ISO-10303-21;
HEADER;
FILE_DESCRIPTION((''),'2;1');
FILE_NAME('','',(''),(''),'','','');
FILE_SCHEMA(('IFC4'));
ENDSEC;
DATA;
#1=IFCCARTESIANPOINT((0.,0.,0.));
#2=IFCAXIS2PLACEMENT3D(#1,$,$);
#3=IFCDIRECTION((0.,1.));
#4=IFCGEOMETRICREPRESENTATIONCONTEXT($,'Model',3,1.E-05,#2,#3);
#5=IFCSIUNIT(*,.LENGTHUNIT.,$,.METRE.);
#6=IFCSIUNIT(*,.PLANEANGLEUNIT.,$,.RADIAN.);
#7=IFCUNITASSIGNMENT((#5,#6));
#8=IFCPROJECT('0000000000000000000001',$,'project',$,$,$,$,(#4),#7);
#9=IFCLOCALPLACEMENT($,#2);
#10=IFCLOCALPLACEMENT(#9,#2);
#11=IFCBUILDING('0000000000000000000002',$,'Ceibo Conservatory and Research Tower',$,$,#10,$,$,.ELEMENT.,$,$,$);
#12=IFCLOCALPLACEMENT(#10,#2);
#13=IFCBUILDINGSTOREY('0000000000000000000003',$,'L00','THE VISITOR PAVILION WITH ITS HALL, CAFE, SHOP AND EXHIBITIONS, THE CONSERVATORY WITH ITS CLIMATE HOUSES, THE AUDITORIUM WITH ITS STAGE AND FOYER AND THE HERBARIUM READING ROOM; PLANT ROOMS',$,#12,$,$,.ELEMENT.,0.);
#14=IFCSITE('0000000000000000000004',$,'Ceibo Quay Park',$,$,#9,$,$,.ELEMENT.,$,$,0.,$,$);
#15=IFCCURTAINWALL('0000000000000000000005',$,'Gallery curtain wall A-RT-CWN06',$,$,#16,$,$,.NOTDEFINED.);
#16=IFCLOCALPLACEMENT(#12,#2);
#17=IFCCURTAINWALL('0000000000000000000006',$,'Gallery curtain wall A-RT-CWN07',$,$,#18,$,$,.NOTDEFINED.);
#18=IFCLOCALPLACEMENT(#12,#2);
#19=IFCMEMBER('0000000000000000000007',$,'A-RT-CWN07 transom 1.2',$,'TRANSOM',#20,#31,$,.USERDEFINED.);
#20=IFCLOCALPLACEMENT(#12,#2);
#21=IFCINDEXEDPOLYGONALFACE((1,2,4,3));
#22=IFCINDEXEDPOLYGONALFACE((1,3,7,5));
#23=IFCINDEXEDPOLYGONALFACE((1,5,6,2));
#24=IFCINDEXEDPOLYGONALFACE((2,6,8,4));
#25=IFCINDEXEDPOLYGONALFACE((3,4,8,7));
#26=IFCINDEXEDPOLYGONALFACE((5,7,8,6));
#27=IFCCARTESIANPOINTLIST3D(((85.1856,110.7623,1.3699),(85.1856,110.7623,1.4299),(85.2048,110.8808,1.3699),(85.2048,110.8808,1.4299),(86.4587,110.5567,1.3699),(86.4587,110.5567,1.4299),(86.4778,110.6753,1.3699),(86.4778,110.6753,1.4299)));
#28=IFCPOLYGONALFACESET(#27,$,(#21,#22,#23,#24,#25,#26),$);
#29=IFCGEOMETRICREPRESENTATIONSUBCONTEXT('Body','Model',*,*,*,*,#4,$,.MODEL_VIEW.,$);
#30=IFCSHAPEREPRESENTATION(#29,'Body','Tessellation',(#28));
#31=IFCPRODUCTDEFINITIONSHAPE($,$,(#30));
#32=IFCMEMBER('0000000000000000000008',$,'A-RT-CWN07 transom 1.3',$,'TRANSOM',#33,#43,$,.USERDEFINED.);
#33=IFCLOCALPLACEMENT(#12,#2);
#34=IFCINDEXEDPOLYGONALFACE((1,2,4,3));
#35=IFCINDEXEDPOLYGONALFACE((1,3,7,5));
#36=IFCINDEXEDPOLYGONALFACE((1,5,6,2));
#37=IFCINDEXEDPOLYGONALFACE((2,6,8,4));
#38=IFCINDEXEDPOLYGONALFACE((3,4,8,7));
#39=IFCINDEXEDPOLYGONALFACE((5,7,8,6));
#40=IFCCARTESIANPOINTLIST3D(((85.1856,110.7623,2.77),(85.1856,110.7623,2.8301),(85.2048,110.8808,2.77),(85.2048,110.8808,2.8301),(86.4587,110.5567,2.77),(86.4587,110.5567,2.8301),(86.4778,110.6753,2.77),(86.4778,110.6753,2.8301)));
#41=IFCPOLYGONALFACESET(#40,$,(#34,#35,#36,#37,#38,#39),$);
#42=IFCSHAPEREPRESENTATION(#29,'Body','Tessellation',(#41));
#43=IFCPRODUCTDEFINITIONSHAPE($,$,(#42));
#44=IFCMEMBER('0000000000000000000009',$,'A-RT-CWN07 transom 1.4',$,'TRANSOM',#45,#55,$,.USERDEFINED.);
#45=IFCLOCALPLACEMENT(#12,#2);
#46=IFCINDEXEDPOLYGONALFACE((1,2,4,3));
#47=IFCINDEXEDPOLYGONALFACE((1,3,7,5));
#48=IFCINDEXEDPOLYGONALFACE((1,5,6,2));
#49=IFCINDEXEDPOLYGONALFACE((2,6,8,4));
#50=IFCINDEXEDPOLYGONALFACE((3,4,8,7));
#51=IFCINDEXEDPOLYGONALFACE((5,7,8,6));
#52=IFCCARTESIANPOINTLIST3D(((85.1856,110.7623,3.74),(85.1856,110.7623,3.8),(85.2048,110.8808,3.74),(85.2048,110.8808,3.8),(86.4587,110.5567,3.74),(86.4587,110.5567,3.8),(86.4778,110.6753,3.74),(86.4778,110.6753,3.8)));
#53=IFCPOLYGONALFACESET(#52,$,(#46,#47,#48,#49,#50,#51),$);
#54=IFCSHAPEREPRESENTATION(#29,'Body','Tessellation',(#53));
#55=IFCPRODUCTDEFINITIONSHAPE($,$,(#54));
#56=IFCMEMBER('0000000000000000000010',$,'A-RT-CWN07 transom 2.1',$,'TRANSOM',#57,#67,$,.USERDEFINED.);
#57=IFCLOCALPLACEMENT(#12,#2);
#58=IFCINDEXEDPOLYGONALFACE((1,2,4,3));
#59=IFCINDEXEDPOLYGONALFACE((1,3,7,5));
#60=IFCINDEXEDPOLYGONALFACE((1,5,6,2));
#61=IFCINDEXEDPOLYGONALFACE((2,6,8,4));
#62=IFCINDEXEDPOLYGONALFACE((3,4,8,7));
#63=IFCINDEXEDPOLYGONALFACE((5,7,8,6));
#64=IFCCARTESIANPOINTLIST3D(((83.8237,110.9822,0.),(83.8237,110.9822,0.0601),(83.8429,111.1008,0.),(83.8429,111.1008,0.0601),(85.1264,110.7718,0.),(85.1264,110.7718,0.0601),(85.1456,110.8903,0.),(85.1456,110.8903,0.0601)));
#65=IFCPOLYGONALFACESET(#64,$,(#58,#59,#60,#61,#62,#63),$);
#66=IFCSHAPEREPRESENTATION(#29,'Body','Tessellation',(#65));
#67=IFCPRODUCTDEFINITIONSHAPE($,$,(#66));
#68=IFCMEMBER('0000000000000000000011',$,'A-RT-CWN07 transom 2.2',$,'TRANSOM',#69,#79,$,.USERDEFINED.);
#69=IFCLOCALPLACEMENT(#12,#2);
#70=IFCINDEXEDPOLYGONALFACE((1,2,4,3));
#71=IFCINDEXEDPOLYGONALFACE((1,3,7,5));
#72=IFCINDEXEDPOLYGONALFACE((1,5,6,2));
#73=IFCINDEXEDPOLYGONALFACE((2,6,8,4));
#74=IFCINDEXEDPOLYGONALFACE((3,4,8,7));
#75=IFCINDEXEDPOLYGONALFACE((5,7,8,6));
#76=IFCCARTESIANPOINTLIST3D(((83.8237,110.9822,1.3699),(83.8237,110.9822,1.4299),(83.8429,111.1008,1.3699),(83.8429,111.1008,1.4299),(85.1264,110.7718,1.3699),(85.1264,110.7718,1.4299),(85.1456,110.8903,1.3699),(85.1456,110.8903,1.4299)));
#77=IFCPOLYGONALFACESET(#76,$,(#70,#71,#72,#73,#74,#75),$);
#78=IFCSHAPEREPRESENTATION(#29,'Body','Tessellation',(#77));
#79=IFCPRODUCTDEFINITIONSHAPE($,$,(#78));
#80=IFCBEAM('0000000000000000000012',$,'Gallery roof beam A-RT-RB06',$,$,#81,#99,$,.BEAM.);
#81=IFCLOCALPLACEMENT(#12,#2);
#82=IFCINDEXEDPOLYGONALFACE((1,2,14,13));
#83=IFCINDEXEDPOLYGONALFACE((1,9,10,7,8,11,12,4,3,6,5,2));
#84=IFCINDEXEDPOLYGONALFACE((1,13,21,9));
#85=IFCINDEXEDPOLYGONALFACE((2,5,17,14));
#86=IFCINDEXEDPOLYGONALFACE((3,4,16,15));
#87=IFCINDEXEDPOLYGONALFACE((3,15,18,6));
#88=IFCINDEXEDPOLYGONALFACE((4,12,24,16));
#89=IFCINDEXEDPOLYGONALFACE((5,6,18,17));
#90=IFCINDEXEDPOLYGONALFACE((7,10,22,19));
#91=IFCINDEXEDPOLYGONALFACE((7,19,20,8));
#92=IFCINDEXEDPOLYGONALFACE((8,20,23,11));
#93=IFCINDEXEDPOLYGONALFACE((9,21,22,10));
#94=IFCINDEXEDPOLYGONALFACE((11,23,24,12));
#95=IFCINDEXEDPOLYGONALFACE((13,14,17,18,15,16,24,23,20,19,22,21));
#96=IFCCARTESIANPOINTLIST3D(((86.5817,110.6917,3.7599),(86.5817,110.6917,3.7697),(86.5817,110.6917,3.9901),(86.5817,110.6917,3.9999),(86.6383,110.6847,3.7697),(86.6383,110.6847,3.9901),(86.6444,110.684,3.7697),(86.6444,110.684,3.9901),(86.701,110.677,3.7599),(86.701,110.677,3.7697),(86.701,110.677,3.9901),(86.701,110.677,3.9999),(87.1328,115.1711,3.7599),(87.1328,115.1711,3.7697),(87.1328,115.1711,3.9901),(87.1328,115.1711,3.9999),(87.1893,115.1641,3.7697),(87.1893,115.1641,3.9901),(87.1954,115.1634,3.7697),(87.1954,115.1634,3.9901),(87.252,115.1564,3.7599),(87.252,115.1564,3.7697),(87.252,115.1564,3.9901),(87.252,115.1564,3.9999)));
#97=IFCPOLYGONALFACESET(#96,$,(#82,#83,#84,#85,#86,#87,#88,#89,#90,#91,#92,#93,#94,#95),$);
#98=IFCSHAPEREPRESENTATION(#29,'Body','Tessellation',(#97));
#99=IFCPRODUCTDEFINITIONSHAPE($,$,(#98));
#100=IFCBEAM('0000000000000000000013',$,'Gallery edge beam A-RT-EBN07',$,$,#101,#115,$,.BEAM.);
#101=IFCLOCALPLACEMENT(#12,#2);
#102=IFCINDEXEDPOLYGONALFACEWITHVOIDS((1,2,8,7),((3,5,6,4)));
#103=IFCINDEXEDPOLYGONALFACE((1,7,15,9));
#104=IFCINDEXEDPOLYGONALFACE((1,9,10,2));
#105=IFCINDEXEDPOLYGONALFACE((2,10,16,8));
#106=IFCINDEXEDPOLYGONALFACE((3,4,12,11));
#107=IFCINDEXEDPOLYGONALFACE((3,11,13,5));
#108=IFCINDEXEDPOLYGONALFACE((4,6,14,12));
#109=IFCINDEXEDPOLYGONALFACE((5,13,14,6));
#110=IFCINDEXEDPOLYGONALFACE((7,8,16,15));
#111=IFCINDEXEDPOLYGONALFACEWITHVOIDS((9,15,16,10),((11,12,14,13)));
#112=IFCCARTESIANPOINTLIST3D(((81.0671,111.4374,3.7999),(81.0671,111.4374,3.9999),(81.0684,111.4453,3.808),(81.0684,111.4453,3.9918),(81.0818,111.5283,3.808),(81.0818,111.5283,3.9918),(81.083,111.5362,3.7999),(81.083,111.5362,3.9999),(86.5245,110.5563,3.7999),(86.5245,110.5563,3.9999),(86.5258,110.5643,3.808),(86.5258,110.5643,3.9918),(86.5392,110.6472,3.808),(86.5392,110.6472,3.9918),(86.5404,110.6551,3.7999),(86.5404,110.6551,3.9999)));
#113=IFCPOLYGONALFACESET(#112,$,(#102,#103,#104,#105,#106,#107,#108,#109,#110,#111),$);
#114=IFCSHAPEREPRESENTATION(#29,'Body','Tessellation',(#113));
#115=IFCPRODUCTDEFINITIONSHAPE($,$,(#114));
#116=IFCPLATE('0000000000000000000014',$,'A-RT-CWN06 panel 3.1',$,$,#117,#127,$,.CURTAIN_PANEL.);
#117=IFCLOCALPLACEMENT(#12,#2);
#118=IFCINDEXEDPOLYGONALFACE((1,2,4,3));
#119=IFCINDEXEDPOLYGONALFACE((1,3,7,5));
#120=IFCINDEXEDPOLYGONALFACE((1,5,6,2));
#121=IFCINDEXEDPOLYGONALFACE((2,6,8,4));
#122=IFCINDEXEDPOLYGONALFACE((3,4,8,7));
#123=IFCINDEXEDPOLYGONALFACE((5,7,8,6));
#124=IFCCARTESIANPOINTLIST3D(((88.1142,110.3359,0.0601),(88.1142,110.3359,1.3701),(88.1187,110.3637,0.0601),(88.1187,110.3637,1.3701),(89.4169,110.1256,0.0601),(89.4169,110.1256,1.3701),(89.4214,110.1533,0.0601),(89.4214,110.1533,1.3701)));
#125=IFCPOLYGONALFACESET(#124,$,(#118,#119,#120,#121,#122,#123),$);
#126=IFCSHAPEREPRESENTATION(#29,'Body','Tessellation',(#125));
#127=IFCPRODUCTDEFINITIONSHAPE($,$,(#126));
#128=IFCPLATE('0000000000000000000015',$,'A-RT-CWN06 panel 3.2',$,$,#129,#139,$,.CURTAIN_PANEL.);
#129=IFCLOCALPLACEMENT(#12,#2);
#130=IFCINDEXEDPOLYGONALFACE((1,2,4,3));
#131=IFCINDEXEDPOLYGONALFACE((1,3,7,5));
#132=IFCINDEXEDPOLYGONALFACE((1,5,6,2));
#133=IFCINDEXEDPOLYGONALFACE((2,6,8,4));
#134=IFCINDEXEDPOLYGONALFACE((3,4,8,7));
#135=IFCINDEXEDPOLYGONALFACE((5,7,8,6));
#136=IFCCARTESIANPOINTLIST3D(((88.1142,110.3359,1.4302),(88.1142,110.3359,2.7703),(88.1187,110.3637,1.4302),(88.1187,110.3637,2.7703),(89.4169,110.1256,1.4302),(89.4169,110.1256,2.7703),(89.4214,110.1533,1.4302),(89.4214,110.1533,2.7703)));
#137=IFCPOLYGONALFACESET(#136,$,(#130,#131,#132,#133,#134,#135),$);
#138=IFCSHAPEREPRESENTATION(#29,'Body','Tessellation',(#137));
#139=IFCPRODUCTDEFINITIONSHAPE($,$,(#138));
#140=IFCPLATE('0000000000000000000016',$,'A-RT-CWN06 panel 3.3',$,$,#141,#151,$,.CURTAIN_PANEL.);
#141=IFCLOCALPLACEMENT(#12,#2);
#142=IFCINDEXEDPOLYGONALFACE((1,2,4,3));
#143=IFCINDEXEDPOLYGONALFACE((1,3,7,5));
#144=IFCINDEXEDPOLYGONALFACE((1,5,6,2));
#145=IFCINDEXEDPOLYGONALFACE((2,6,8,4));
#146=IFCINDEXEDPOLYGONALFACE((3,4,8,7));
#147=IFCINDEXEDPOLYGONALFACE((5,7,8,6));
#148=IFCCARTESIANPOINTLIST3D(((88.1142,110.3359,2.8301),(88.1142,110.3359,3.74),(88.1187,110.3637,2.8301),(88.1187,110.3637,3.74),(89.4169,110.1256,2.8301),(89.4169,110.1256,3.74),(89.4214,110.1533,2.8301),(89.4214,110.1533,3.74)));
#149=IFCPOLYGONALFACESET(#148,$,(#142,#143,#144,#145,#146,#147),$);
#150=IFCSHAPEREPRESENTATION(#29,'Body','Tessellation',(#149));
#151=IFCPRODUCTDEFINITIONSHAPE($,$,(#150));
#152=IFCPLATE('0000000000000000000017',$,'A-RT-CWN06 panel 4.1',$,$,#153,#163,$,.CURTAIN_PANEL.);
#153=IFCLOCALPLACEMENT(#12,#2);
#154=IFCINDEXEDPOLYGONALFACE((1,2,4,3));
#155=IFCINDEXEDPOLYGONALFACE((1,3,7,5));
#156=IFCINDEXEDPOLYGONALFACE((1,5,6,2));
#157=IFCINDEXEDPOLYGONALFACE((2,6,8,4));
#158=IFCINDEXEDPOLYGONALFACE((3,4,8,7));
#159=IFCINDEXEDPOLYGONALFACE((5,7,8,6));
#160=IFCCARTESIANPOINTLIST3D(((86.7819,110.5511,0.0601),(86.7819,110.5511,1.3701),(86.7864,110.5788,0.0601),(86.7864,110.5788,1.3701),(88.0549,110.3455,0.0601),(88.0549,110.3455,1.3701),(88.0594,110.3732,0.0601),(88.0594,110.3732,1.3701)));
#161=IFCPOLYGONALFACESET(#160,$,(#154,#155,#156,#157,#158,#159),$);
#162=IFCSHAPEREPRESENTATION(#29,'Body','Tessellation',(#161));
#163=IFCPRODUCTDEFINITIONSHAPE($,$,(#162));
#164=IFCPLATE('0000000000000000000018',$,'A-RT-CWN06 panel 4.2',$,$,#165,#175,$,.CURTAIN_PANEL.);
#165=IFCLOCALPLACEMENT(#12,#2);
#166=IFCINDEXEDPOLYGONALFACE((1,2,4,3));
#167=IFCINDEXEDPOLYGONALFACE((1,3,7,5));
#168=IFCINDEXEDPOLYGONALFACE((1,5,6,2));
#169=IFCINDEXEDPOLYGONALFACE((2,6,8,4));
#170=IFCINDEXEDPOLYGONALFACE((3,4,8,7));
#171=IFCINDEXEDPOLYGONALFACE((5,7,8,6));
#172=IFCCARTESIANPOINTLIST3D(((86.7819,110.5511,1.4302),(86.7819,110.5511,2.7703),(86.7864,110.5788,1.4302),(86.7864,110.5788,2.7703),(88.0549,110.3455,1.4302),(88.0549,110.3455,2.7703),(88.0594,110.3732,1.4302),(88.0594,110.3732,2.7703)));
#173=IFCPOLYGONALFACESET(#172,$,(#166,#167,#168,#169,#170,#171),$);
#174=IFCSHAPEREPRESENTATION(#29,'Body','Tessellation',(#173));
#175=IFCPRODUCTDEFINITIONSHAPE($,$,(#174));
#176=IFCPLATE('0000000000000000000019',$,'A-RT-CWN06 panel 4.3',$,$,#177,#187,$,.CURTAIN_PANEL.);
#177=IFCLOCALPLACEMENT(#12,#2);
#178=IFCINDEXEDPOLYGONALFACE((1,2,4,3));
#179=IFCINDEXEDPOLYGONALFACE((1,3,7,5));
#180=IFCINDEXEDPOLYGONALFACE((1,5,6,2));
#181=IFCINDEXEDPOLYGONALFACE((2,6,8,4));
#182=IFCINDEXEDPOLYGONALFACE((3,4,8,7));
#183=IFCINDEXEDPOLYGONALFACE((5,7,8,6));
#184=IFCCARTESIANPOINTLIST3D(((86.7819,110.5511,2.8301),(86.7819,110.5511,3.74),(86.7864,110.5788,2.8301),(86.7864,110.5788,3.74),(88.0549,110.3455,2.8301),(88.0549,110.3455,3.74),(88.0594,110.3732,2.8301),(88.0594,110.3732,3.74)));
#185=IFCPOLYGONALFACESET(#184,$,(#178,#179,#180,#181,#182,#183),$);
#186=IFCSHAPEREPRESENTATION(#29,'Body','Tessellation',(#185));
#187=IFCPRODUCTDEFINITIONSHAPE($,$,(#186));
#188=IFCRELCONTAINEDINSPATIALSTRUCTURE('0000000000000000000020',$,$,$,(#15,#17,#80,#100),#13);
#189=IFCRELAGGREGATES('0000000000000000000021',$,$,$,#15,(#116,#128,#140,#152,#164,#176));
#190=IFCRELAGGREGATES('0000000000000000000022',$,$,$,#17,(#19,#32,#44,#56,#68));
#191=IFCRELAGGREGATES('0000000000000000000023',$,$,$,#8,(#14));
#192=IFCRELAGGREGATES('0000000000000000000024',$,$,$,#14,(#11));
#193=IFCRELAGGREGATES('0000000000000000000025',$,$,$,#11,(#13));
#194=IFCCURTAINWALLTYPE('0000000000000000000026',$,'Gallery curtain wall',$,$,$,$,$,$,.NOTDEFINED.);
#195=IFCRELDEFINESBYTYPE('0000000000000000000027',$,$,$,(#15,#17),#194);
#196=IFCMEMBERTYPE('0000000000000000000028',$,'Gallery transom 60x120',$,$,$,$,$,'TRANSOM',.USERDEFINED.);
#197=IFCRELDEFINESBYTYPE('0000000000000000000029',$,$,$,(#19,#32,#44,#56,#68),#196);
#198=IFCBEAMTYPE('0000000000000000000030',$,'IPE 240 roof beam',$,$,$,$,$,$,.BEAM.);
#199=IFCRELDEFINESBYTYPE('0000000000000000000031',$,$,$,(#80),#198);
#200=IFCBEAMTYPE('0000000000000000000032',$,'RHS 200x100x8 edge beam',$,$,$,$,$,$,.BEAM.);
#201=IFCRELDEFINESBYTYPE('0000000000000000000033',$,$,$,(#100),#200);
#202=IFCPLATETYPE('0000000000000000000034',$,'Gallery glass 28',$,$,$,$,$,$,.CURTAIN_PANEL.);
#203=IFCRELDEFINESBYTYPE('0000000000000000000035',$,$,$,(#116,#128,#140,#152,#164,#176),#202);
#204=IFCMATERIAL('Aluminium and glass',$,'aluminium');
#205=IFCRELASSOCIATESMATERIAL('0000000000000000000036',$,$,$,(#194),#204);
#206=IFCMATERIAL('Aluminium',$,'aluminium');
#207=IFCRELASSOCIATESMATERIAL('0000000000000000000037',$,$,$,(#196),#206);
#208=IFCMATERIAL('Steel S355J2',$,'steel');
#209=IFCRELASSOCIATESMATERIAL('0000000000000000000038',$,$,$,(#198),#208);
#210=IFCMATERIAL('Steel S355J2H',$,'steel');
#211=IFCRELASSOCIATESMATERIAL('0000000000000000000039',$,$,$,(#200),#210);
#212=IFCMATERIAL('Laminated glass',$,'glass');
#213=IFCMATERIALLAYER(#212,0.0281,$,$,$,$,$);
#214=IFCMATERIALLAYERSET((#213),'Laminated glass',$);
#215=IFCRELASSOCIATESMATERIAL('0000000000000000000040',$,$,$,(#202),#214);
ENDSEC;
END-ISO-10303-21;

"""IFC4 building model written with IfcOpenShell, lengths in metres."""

from ifc_helpers import new_model, si_unit, direction, frame, origin, origin_2d, place, context, subcontext, project, spatial, rectangle, hollow_rectangle, i_section, extrude, material, layer, layer_set, material_profile, profile_set, type_object, element, aggregate, save


model = new_model("IFC4")

# Units and contexts
model_context = context("Model", 3, precision=1e-05, world=origin(), true_north=direction((0.0, 1.0)))
body_context = subcontext(model_context, "Body", "Model", "MODEL_VIEW")
ifc_project = project(units=[si_unit("LENGTHUNIT", "METRE"), si_unit("PLANEANGLEUNIT", "RADIAN")], contexts=[model_context])

# Site, building, storey
site_placement = place(None, origin())
site = spatial("IfcSite", under=ifc_project, at=site_placement, Name="Ceibo Quay Park", CompositionType="ELEMENT", RefElevation=0.0)
building_placement = place(site_placement, origin())
building = spatial("IfcBuilding", under=site, at=building_placement, Name="Ceibo Conservatory and Research Tower", CompositionType="ELEMENT")
storey_placement = place(building_placement, origin())
storey = spatial("IfcBuildingStorey", under=building, at=storey_placement, Name="L00", Description="THE VISITOR PAVILION WITH ITS HALL, CAFE, SHOP AND EXHIBITIONS, THE CONSERVATORY WITH ITS CLIMATE HOUSES, THE AUDITORIUM WITH ITS STAGE AND FOYER AND THE HERBARIUM READING ROOM; PLANT ROOMS", CompositionType="ELEMENT", Elevation=0.0)

# Shared definitions
ifc_material_1 = material(Name="Steel S355J2H", Category="steel")

# Curtain walls
ifc_material_2 = material(Name="Aluminium and glass", Category="aluminium")
curtain_wall_type = type_object("IfcCurtainWallType", Name="Gallery curtain wall", PredefinedType="NOTDEFINED", material=ifc_material_2)
curtain_wall_1_placement = place(storey_placement, origin())
curtain_wall_1 = element("IfcCurtainWall", 1, at=curtain_wall_1_placement, inside=storey, type_object=curtain_wall_type, Name="Gallery curtain wall A-RT-CWN06", PredefinedType="NOTDEFINED")
ifc_material_3 = material(Name="Aluminium", Category="aluminium")
curtain_wall_2_placement = place(storey_placement, origin())
curtain_wall_2 = element("IfcCurtainWall", 2, at=curtain_wall_2_placement, inside=storey, type_object=curtain_wall_type, Name="Gallery curtain wall A-RT-CWN07", PredefinedType="NOTDEFINED")

# Members
ifc_material_profile_1 = material_profile(ifc_material_3, rectangle(XDim=0.1201, YDim=0.0601, at=origin_2d()), Name="AL 60x120")
ifc_profile_set_1 = profile_set([ifc_material_profile_1], Name="Aluminium")
member_type_1 = type_object("IfcMemberType", Name="Gallery transom 60x120", ElementType="TRANSOM", PredefinedType="USERDEFINED", material=ifc_profile_set_1)
member_1_placement = place(storey_placement, frame((86.4683, 110.616, 1.3999), z_axis=(-0.98721, 0.159423, 0.0), x_axis=(-0.159423, -0.98721, 0.0)))
member_1 = element("IfcMember", 3, at=member_1_placement, type_object=member_type_1, Name="A-RT-CWN07 transom 1.2", ObjectType="TRANSOM", PredefinedType="USERDEFINED", context=body_context, shape_type="SweptSolid", body=[
    extrude(rectangle(XDim=0.1201, YDim=0.0601, at=origin_2d()), origin(), (0.0, 0.0, 1.0), 1.2896),
])
member_2_placement = place(storey_placement, frame((86.4683, 110.616, 2.8), z_axis=(-0.98721, 0.159423, 0.0), x_axis=(-0.159423, -0.98721, 0.0)))
member_2 = element("IfcMember", 4, at=member_2_placement, type_object=member_type_1, Name="A-RT-CWN07 transom 1.3", ObjectType="TRANSOM", PredefinedType="USERDEFINED", context=body_context, shape_type="SweptSolid", body=[
    extrude(rectangle(XDim=0.1201, YDim=0.0601, at=origin_2d()), origin(), (0.0, 0.0, 1.0), 1.2896),
])
member_3_placement = place(storey_placement, frame((86.4683, 110.616, 3.77), z_axis=(-0.98721, 0.159423, 0.0), x_axis=(-0.159423, -0.98721, 0.0)))
member_3 = element("IfcMember", 5, at=member_3_placement, type_object=member_type_1, Name="A-RT-CWN07 transom 1.4", ObjectType="TRANSOM", PredefinedType="USERDEFINED", context=body_context, shape_type="SweptSolid", body=[
    extrude(rectangle(XDim=0.1201, YDim=0.0601, at=origin_2d()), origin(), (0.0, 0.0, 1.0), 1.2896),
])
member_4_placement = place(storey_placement, frame((85.136, 110.8311, 0.03), z_axis=(-0.987202, 0.159477, 0.0), x_axis=(-0.159477, -0.987202, 0.0)))
member_4 = element("IfcMember", 6, at=member_4_placement, type_object=member_type_1, Name="A-RT-CWN07 transom 2.1", ObjectType="TRANSOM", PredefinedType="USERDEFINED", context=body_context, shape_type="SweptSolid", body=[
    extrude(rectangle(XDim=0.1201, YDim=0.0601, at=origin_2d()), origin(), (0.0, 0.0, 1.0), 1.3196),
])
member_5_placement = place(storey_placement, frame((85.136, 110.8311, 1.3999), z_axis=(-0.987202, 0.159477, 0.0), x_axis=(-0.159477, -0.987202, 0.0)))
member_5 = element("IfcMember", 7, at=member_5_placement, type_object=member_type_1, Name="A-RT-CWN07 transom 2.2", ObjectType="TRANSOM", PredefinedType="USERDEFINED", context=body_context, shape_type="SweptSolid", body=[
    extrude(rectangle(XDim=0.1201, YDim=0.0601, at=origin_2d()), origin(), (0.0, 0.0, 1.0), 1.3196),
])

# Beams
ifc_material_4 = material(Name="Steel S355J2", Category="steel")
ifc_material_profile_2 = material_profile(ifc_material_4, i_section(OverallWidth=0.1201, OverallDepth=0.24, WebThickness=0.0061, FlangeThickness=0.0098, at=origin_2d()), Name="IPE 240")
ifc_profile_set_2 = profile_set([ifc_material_profile_2], Name="Steel S355J2")
beam_type_1 = type_object("IfcBeamType", Name="IPE 240 roof beam", PredefinedType="BEAM", material=ifc_profile_set_2)
beam_1_placement = place(storey_placement, frame((86.6414, 110.6843, 3.8799), z_axis=(0.12209, 0.992519, 0.0), x_axis=(-0.992519, 0.12209, 0.0)))
element("IfcBeam", 8, at=beam_1_placement, inside=storey, type_object=beam_type_1, Name="Gallery roof beam A-RT-RB06", PredefinedType="BEAM", context=body_context, shape_type="SweptSolid", body=[
    extrude(i_section(OverallWidth=0.1201, OverallDepth=0.24, WebThickness=0.0061, FlangeThickness=0.0098, at=origin_2d()), origin(), (0.0, 0.0, 1.0), 4.5132),
])
ifc_material_profile_3 = material_profile(ifc_material_1, hollow_rectangle(XDim=0.1001, YDim=0.2, WallThickness=0.0081, at=origin_2d()), Name="RHS 200x100x8 edge beam")
ifc_profile_set_3 = profile_set([ifc_material_profile_3], Name="Steel S355J2H")
beam_type_2 = type_object("IfcBeamType", Name="RHS 200x100x8 edge beam", PredefinedType="BEAM", material=ifc_profile_set_3)
beam_2_placement = place(storey_placement, frame((86.5325, 110.6057, 3.8999), z_axis=(-0.987217, 0.159384, 0.0), x_axis=(-0.159384, -0.987217, 0.0)))
element("IfcBeam", 9, at=beam_2_placement, inside=storey, type_object=beam_type_2, Name="Gallery edge beam A-RT-EBN07", PredefinedType="BEAM", context=body_context, shape_type="SweptSolid", body=[
    extrude(hollow_rectangle(XDim=0.1001, YDim=0.2, WallThickness=0.0081, at=origin_2d()), origin(), (0.0, 0.0, 1.0), 5.5281),
])

# Plates
ifc_material_5 = material(Name="Laminated glass", Category="glass")
ifc_layer = layer(ifc_material_5, 0.0281)
ifc_layer_set = layer_set([ifc_layer], Name="Laminated glass")
plate_type = type_object("IfcPlateType", Name="Gallery glass 28", PredefinedType="CURTAIN_PANEL", material=ifc_layer_set)
plate_1_placement = place(storey_placement, frame((88.7678, 110.2446, 0.0601), z_axis=(0.0, 0.0, 1.0), x_axis=(-0.987216, 0.159391, 0.0)))
plate_1 = element("IfcPlate", 10, at=plate_1_placement, type_object=plate_type, Name="A-RT-CWN06 panel 3.1", PredefinedType="CURTAIN_PANEL", context=body_context, shape_type="SweptSolid", body=[
    extrude(rectangle(XDim=1.3196, YDim=0.0281, at=origin_2d()), origin(), (0.0, 0.0, 1.0), 1.3101),
])
plate_2_placement = place(storey_placement, frame((88.7678, 110.2446, 1.4302), z_axis=(0.0, 0.0, 1.0), x_axis=(-0.987216, 0.159391, 0.0)))
plate_2 = element("IfcPlate", 11, at=plate_2_placement, type_object=plate_type, Name="A-RT-CWN06 panel 3.2", PredefinedType="CURTAIN_PANEL", context=body_context, shape_type="SweptSolid", body=[
    extrude(rectangle(XDim=1.3196, YDim=0.0281, at=origin_2d()), origin(), (0.0, 0.0, 1.0), 1.3401),
])
plate_3_placement = place(storey_placement, frame((88.7678, 110.2446, 2.8301), z_axis=(0.0, 0.0, 1.0), x_axis=(-0.987216, 0.159391, 0.0)))
plate_3 = element("IfcPlate", 12, at=plate_3_placement, type_object=plate_type, Name="A-RT-CWN06 panel 3.3", PredefinedType="CURTAIN_PANEL", context=body_context, shape_type="SweptSolid", body=[
    extrude(rectangle(XDim=1.3196, YDim=0.0281, at=origin_2d()), origin(), (0.0, 0.0, 1.0), 0.9099),
])
plate_4_placement = place(storey_placement, frame((87.4207, 110.4622, 0.0601), z_axis=(0.0, 0.0, 1.0), x_axis=(-0.987216, 0.159391, 0.0)))
plate_4 = element("IfcPlate", 13, at=plate_4_placement, type_object=plate_type, Name="A-RT-CWN06 panel 4.1", PredefinedType="CURTAIN_PANEL", context=body_context, shape_type="SweptSolid", body=[
    extrude(rectangle(XDim=1.2896, YDim=0.0281, at=origin_2d()), origin(), (0.0, 0.0, 1.0), 1.3101),
])
plate_5_placement = place(storey_placement, frame((87.4207, 110.4622, 1.4302), z_axis=(0.0, 0.0, 1.0), x_axis=(-0.987216, 0.159391, 0.0)))
plate_5 = element("IfcPlate", 14, at=plate_5_placement, type_object=plate_type, Name="A-RT-CWN06 panel 4.2", PredefinedType="CURTAIN_PANEL", context=body_context, shape_type="SweptSolid", body=[
    extrude(rectangle(XDim=1.2896, YDim=0.0281, at=origin_2d()), origin(), (0.0, 0.0, 1.0), 1.3401),
])
plate_6_placement = place(storey_placement, frame((87.4207, 110.4622, 2.8301), z_axis=(0.0, 0.0, 1.0), x_axis=(-0.987216, 0.159391, 0.0)))
plate_6 = element("IfcPlate", 15, at=plate_6_placement, type_object=plate_type, Name="A-RT-CWN06 panel 4.3", PredefinedType="CURTAIN_PANEL", context=body_context, shape_type="SweptSolid", body=[
    extrude(rectangle(XDim=1.2896, YDim=0.0281, at=origin_2d()), origin(), (0.0, 0.0, 1.0), 0.9099),
])
aggregate(curtain_wall_1, [plate_1, plate_2, plate_3, plate_4, plate_5, plate_6])
aggregate(curtain_wall_2, [member_1, member_2, member_3, member_4, member_5])

save(model, "model.ifc")
